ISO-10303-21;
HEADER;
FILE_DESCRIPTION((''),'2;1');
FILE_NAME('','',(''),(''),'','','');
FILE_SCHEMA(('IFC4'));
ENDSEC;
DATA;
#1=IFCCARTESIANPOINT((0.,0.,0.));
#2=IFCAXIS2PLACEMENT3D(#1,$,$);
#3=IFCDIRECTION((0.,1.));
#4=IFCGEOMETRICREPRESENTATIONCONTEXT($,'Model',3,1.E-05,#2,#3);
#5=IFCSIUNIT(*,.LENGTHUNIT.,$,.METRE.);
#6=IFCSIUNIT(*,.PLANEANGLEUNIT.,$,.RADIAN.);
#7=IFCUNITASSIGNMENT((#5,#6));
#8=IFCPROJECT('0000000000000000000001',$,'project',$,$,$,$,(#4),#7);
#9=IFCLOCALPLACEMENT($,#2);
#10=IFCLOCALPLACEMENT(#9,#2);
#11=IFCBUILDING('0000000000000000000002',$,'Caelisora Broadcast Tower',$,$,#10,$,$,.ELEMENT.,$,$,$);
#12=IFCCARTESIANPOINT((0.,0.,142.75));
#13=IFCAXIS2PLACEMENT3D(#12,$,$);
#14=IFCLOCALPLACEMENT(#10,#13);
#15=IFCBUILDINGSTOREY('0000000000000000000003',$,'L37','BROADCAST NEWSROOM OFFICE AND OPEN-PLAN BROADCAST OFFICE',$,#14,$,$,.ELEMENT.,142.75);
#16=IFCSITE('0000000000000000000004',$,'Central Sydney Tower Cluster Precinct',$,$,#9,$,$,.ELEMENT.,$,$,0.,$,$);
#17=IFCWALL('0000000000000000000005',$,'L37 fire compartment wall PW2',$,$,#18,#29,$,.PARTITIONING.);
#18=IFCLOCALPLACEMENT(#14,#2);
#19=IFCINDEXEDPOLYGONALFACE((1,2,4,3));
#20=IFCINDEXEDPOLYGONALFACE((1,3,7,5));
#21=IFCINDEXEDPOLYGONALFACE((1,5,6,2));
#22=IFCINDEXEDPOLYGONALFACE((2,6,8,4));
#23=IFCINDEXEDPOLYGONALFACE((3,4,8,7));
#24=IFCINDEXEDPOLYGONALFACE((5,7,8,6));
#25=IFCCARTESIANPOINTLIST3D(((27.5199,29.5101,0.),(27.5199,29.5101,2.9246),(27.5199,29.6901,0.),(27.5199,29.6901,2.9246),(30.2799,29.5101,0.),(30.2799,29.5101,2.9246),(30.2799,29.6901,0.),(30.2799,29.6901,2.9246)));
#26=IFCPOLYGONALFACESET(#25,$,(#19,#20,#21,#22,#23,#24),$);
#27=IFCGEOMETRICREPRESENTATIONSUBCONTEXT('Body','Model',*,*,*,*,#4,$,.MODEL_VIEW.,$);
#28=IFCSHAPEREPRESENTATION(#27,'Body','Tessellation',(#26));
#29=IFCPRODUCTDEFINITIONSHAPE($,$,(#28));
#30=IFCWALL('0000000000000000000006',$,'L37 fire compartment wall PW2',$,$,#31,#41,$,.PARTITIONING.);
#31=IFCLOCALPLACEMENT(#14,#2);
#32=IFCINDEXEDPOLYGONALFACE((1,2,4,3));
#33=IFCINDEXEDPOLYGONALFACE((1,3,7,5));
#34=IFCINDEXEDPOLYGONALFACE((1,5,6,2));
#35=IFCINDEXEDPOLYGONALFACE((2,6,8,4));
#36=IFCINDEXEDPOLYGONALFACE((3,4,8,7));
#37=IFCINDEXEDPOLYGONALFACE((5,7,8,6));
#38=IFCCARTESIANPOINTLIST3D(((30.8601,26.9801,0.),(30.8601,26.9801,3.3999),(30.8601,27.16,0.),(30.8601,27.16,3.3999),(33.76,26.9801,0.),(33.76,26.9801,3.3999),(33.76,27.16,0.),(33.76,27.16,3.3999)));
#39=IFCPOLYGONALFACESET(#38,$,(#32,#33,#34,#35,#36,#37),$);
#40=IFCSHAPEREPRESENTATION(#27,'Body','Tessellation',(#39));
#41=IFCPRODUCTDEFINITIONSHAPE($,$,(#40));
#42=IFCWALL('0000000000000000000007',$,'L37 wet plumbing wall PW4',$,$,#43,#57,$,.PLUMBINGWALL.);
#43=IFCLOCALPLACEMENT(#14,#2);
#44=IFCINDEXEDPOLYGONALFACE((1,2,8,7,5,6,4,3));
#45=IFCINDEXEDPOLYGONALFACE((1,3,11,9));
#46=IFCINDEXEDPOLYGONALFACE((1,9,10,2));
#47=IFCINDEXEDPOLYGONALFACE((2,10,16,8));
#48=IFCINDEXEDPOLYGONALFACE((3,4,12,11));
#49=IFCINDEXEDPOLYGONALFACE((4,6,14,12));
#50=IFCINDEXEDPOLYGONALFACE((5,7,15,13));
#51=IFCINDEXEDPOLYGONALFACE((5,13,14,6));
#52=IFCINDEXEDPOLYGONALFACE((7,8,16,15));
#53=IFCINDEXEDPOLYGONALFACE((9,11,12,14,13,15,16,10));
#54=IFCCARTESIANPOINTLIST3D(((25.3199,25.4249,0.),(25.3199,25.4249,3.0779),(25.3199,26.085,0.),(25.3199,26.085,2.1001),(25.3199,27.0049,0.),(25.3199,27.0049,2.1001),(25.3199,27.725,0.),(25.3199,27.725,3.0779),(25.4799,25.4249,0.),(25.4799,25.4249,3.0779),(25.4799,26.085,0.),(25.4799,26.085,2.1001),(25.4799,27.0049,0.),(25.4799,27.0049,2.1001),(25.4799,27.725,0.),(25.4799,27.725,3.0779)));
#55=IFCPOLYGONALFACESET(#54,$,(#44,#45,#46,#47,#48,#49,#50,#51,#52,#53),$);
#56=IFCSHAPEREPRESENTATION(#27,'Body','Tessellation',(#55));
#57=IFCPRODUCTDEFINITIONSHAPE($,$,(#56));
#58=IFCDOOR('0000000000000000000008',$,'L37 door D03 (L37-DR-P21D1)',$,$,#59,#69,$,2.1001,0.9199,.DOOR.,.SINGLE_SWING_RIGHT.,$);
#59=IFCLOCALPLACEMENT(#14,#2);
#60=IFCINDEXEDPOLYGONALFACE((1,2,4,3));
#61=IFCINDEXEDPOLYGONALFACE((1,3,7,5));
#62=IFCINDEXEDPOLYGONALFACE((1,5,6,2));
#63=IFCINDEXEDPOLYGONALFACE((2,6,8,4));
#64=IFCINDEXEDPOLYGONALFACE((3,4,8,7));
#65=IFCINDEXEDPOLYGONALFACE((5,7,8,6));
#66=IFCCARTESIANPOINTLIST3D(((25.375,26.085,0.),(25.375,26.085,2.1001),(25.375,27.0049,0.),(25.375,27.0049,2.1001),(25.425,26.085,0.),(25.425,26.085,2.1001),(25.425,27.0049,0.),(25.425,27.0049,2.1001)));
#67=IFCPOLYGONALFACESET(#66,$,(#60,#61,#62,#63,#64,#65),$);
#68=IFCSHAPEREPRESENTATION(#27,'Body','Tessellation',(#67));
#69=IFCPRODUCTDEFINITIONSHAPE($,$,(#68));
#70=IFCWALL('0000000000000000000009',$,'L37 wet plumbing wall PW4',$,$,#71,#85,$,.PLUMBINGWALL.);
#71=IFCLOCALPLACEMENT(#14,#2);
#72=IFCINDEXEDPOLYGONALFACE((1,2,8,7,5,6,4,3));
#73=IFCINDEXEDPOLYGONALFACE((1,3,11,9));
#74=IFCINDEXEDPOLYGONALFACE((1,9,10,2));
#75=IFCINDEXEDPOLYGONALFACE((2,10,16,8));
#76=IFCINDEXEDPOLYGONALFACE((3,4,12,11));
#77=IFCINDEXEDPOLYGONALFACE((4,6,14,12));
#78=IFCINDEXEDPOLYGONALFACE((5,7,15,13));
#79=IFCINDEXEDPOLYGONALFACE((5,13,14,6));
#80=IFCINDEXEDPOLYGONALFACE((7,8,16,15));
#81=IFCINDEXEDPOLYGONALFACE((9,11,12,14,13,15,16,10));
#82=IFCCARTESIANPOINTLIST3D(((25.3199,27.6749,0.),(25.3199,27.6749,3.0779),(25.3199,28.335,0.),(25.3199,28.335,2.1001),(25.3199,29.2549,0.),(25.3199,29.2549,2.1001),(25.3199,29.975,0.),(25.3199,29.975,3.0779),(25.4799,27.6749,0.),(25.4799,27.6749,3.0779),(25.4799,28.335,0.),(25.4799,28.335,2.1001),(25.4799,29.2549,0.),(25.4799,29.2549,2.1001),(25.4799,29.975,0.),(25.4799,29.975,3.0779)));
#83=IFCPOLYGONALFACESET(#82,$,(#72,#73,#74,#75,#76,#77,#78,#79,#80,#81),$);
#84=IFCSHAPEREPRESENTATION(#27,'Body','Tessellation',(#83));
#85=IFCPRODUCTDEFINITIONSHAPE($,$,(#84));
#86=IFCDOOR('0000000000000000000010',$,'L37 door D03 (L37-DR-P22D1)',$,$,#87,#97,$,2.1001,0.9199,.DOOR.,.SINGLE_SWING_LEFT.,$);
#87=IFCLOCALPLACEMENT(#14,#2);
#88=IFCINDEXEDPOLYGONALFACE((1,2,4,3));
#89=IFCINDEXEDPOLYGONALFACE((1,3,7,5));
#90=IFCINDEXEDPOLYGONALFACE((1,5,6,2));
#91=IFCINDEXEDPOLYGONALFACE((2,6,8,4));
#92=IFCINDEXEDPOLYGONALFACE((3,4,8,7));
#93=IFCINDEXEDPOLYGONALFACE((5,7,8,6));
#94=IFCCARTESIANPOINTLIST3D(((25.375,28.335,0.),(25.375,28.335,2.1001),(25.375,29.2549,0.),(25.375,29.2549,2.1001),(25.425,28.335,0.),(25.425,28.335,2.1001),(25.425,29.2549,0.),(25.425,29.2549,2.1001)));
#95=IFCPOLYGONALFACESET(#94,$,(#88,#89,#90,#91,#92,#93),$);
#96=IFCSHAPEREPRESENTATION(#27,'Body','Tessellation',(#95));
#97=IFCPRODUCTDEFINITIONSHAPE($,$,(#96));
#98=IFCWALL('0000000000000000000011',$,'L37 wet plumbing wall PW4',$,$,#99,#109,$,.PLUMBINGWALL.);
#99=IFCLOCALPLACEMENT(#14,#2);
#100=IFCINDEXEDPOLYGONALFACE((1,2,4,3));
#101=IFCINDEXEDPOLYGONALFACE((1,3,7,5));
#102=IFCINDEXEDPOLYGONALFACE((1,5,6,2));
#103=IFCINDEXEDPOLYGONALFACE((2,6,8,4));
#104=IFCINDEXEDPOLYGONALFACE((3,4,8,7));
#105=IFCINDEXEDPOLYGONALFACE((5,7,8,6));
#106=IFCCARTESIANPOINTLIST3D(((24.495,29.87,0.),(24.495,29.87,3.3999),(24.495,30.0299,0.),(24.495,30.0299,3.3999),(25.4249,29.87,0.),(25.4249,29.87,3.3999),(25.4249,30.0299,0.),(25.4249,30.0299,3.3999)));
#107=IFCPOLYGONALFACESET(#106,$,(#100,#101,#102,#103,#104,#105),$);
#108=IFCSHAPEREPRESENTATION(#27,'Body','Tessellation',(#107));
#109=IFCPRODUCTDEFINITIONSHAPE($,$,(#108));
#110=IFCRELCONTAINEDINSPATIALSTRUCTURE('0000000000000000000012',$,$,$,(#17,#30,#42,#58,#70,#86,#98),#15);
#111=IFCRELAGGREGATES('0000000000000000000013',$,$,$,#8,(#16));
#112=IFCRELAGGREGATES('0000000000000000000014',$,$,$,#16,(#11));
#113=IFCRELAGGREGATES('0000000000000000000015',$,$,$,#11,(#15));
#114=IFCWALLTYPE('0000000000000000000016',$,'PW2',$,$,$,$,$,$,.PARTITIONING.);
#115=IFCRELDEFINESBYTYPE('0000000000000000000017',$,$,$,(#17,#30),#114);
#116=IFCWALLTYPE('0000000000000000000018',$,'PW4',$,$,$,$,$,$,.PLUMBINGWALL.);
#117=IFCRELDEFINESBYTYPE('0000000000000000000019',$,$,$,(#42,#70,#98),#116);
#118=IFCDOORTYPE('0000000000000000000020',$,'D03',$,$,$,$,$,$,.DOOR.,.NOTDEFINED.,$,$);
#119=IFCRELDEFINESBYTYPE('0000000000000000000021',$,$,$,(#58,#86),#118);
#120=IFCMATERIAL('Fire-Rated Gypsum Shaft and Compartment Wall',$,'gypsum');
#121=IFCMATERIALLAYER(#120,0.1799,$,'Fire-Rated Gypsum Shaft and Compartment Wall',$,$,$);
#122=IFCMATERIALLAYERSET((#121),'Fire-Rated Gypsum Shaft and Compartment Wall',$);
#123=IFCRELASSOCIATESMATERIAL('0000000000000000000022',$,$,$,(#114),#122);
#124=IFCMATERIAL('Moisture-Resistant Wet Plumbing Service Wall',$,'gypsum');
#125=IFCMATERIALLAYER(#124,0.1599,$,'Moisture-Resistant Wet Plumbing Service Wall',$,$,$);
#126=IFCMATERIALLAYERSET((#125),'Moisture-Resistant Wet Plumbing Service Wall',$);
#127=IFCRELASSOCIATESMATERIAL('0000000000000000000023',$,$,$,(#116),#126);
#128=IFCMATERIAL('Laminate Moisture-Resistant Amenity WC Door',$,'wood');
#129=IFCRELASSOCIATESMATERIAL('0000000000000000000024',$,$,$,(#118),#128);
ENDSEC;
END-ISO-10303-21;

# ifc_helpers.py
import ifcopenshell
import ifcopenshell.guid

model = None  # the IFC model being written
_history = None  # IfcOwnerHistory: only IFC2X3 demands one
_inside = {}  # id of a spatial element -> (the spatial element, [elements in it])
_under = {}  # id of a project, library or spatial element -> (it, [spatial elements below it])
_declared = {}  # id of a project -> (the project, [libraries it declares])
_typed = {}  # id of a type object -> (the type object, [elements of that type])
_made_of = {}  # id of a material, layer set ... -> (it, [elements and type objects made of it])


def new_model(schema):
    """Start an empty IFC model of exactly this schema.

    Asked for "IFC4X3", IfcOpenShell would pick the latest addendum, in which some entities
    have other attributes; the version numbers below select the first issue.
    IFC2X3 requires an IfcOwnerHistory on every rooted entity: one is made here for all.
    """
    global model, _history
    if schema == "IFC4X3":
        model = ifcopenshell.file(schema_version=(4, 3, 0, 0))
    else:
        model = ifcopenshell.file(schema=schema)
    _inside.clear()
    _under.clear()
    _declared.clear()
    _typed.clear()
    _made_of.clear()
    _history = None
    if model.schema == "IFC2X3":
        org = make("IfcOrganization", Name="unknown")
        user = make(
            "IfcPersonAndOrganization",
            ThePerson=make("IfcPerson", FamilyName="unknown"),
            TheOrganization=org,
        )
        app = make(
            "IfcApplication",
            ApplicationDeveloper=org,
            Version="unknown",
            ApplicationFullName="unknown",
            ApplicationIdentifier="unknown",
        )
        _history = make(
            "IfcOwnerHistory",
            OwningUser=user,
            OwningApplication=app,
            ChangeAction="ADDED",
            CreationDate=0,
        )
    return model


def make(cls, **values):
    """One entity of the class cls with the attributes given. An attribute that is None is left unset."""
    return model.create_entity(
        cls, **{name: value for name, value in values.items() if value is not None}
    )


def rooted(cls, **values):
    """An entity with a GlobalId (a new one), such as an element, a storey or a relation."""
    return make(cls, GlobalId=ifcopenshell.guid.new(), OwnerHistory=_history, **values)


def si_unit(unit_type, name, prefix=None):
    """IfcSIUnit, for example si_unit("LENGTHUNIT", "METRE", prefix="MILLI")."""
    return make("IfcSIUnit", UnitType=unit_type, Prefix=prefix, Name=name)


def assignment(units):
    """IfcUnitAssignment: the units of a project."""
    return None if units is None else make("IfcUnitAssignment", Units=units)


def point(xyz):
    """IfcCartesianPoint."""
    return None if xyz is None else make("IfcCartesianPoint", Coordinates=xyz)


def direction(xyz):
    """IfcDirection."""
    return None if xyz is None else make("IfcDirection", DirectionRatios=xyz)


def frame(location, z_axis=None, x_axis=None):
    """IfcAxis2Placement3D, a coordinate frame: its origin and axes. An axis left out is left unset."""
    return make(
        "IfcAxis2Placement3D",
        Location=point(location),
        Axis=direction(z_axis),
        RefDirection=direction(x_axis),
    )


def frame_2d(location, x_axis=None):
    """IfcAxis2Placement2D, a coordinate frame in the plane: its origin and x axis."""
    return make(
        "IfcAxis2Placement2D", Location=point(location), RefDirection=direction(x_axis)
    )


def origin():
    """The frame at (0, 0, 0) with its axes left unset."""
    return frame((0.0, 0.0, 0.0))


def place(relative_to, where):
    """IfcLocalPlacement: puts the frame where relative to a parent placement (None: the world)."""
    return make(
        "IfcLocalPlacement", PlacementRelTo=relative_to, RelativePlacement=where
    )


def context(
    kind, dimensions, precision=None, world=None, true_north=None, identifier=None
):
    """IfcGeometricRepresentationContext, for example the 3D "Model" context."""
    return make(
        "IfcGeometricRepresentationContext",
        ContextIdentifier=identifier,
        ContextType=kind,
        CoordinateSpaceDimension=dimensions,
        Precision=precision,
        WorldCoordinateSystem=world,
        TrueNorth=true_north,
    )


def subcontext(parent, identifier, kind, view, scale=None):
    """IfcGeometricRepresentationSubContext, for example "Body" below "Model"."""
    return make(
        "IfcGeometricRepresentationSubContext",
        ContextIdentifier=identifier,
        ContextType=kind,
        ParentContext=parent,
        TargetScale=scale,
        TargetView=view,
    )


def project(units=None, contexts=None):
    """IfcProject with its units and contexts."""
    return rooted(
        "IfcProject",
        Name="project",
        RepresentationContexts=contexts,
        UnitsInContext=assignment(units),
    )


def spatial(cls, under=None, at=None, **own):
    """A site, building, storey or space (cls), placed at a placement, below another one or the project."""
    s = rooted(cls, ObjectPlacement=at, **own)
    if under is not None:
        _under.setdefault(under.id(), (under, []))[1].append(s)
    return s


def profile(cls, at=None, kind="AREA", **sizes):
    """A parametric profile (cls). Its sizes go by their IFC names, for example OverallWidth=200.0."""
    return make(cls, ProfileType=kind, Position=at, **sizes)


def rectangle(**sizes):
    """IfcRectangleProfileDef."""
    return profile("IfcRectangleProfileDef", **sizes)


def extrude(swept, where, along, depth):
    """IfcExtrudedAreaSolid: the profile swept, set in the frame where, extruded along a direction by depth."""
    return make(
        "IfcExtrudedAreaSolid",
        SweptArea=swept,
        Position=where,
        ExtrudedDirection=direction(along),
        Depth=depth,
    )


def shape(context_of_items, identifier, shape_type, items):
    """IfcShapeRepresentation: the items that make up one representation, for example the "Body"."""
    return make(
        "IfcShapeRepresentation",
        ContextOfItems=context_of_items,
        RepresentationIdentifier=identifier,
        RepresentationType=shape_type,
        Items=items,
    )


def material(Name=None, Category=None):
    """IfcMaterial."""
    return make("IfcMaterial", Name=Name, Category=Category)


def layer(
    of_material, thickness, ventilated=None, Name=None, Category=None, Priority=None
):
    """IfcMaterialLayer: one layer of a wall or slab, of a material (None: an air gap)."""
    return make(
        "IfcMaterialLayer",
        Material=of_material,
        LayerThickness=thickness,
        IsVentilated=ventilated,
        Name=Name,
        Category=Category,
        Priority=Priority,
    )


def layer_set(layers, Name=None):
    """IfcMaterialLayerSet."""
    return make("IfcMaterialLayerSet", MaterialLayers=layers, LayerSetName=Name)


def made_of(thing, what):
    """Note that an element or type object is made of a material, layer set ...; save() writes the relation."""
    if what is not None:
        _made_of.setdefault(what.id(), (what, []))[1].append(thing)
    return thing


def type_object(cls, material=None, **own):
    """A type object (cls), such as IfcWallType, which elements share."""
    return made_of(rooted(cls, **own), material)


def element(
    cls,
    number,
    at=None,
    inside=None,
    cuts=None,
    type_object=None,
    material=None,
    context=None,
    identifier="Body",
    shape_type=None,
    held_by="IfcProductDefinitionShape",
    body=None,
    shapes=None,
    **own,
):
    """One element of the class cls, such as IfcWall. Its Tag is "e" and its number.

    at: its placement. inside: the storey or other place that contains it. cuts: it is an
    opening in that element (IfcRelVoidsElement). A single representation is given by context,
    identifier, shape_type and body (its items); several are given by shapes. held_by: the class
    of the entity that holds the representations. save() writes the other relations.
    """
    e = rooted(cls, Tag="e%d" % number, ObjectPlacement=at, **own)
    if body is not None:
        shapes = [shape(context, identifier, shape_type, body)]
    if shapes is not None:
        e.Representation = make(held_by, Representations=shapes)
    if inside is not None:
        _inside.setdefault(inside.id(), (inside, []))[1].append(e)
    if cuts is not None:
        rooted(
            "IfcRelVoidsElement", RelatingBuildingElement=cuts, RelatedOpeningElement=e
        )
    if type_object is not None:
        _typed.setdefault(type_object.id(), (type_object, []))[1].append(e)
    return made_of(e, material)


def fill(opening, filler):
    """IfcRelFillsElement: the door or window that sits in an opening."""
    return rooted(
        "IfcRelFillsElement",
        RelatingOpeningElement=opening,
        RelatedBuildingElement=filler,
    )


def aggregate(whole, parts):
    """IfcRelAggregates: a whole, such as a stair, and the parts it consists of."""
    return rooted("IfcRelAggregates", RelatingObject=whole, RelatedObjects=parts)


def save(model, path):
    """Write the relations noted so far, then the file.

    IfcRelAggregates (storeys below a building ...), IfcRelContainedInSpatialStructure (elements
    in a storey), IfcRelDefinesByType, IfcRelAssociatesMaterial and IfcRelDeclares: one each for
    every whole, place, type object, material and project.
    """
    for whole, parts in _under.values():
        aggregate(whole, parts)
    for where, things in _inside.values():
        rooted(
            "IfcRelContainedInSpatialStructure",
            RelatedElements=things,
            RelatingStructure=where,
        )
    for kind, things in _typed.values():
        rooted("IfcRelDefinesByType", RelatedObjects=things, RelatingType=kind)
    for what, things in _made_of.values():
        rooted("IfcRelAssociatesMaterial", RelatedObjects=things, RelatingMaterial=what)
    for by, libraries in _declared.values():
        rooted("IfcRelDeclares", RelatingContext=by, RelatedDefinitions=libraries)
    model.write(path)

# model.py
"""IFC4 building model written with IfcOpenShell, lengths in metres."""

from ifc_helpers import new_model, si_unit, direction, frame, frame_2d, origin, place, context, subcontext, project, spatial, rectangle, extrude, material, layer, layer_set, type_object, element, fill, save


model = new_model("IFC4")

# Units and contexts
model_context = context("Model", 3, precision=1e-05, world=origin(), true_north=direction((0.0, 1.0)))
body_context = subcontext(model_context, "Body", "Model", "MODEL_VIEW")
ifc_project = project(units=[si_unit("LENGTHUNIT", "METRE"), si_unit("PLANEANGLEUNIT", "RADIAN")], contexts=[model_context])

# Site, building, storey
site_placement = place(None, origin())
site = spatial("IfcSite", under=ifc_project, at=site_placement, Name="Central Sydney Tower Cluster Precinct", CompositionType="ELEMENT", RefElevation=0.0)
building_placement = place(site_placement, origin())
building = spatial("IfcBuilding", under=site, at=building_placement, Name="Caelisora Broadcast Tower", CompositionType="ELEMENT")
storey_placement = place(building_placement, frame((0.0, 0.0, 142.75)))
storey = spatial("IfcBuildingStorey", under=building, at=storey_placement, Name="L37", Description="BROADCAST NEWSROOM OFFICE AND OPEN-PLAN BROADCAST OFFICE", CompositionType="ELEMENT", Elevation=142.75)

# Shared definitions
ifc_material_1 = material(Name="Fire-Rated Gypsum Shaft and Compartment Wall", Category="gypsum")
ifc_layer_1 = layer(ifc_material_1, 0.1799, Name="Fire-Rated Gypsum Shaft and Compartment Wall")
ifc_layer_set_1 = layer_set([ifc_layer_1], Name="Fire-Rated Gypsum Shaft and Compartment Wall")
wall_type_1 = type_object("IfcWallType", Name="PW2", PredefinedType="PARTITIONING", material=ifc_layer_set_1)

# Walls
wall_1_placement = place(storey_placement, frame((27.52, 29.6001, 0.0), z_axis=(0.0, 0.0, 1.0), x_axis=(1.0, 0.0, 0.0)))
element("IfcWall", 1, at=wall_1_placement, inside=storey, type_object=wall_type_1, Name="L37 fire compartment wall PW2", PredefinedType="PARTITIONING", context=body_context, shape_type="SweptSolid", body=[
    extrude(rectangle(XDim=2.76, YDim=0.1799, at=frame_2d((1.3799, 0.0))), origin(), (0.0, 0.0, 1.0), 2.9246),
])
wall_2_placement = place(storey_placement, frame((30.8601, 27.0701, 0.0), z_axis=(0.0, 0.0, 1.0), x_axis=(1.0, 0.0, 0.0)))
element("IfcWall", 2, at=wall_2_placement, inside=storey, type_object=wall_type_1, Name="L37 fire compartment wall PW2", PredefinedType="PARTITIONING", context=body_context, shape_type="SweptSolid", body=[
    extrude(rectangle(XDim=2.8999, YDim=0.1799, at=frame_2d((1.45, 0.0))), origin(), (0.0, 0.0, 1.0), 3.3999),
])

# Walls, openings, doors
ifc_material_2 = material(Name="Moisture-Resistant Wet Plumbing Service Wall", Category="gypsum")
ifc_layer_2 = layer(ifc_material_2, 0.1599, Name="Moisture-Resistant Wet Plumbing Service Wall")
ifc_layer_set_2 = layer_set([ifc_layer_2], Name="Moisture-Resistant Wet Plumbing Service Wall")
wall_type_2 = type_object("IfcWallType", Name="PW4", PredefinedType="PLUMBINGWALL", material=ifc_layer_set_2)
wall_3_placement = place(storey_placement, frame((25.3999, 25.425, 0.0), z_axis=(0.0, 0.0, 1.0), x_axis=(0.0, 1.0, 0.0)))
wall_3 = element("IfcWall", 3, at=wall_3_placement, inside=storey, type_object=wall_type_2, Name="L37 wet plumbing wall PW4", PredefinedType="PLUMBINGWALL", context=body_context, shape_type="SweptSolid", body=[
    extrude(rectangle(XDim=2.3, YDim=0.1599, at=frame_2d((1.1499, 0.0))), origin(), (0.0, 0.0, 1.0), 3.0779),
])
opening_1_placement = place(wall_3_placement, frame((0.6599, 0.0, 0.0)))
opening_1 = element("IfcOpeningElement", 4, at=opening_1_placement, cuts=wall_3, PredefinedType="OPENING", context=body_context, shape_type="SweptSolid", body=[
    extrude(rectangle(XDim=0.9199, YDim=2.1001, at=frame_2d((0.46, 1.05))), frame((0.0, 0.092, 0.0), z_axis=(0.0, -1.0, 0.0), x_axis=(1.0, 0.0, 0.0)), (0.0, 0.0, 1.0), 0.1838),
])
ifc_material_3 = material(Name="Laminate Moisture-Resistant Amenity WC Door", Category="wood")
door_type_1 = type_object("IfcDoorType", Name="D03", OperationType="NOTDEFINED", PredefinedType="DOOR", material=ifc_material_3)
door_1_placement = place(opening_1_placement, origin())
door_1 = element("IfcDoor", 5, at=door_1_placement, inside=storey, type_object=door_type_1, Name="L37 door D03 (L37-DR-P21D1)", OperationType="SINGLE_SWING_RIGHT", OverallHeight=2.1001, OverallWidth=0.9199, PredefinedType="DOOR", context=body_context, shape_type="SweptSolid", body=[
    extrude(rectangle(XDim=0.9199, YDim=2.1001, at=frame_2d((0.46, 1.05))), frame((0.0, 0.0249, 0.0), z_axis=(0.0, -1.0, 0.0), x_axis=(1.0, 0.0, 0.0)), (0.0, 0.0, 1.0), 0.05),
])
fill(opening_1, door_1)
wall_4_placement = place(storey_placement, frame((25.3999, 27.675, 0.0), z_axis=(0.0, 0.0, 1.0), x_axis=(0.0, 1.0, 0.0)))
wall_4 = element("IfcWall", 6, at=wall_4_placement, inside=storey, type_object=wall_type_2, Name="L37 wet plumbing wall PW4", PredefinedType="PLUMBINGWALL", context=body_context, shape_type="SweptSolid", body=[
    extrude(rectangle(XDim=2.3, YDim=0.1599, at=frame_2d((1.1499, 0.0))), origin(), (0.0, 0.0, 1.0), 3.0779),
])
opening_2_placement = place(wall_4_placement, frame((0.6599, 0.0, 0.0)))
opening_2 = element("IfcOpeningElement", 7, at=opening_2_placement, cuts=wall_4, PredefinedType="OPENING", context=body_context, shape_type="SweptSolid", body=[
    extrude(rectangle(XDim=0.9199, YDim=2.1001, at=frame_2d((0.46, 1.05))), frame((0.0, 0.092, 0.0), z_axis=(0.0, -1.0, 0.0), x_axis=(1.0, 0.0, 0.0)), (0.0, 0.0, 1.0), 0.1838),
])
door_2_placement = place(opening_2_placement, origin())
door_2 = element("IfcDoor", 8, at=door_2_placement, inside=storey, type_object=door_type_1, Name="L37 door D03 (L37-DR-P22D1)", OperationType="SINGLE_SWING_LEFT", OverallHeight=2.1001, OverallWidth=0.9199, PredefinedType="DOOR", context=body_context, shape_type="SweptSolid", body=[
    extrude(rectangle(XDim=0.9199, YDim=2.1001, at=frame_2d((0.46, 1.05))), frame((0.0, 0.0249, 0.0), z_axis=(0.0, -1.0, 0.0), x_axis=(1.0, 0.0, 0.0)), (0.0, 0.0, 1.0), 0.05),
])
fill(opening_2, door_2)

# Wall
wall_5_placement = place(storey_placement, frame((24.4951, 29.95, 0.0), z_axis=(0.0, 0.0, 1.0), x_axis=(1.0, 0.0, 0.0)))
element("IfcWall", 9, at=wall_5_placement, inside=storey, type_object=wall_type_2, Name="L37 wet plumbing wall PW4", PredefinedType="PLUMBINGWALL", context=body_context, shape_type="SweptSolid", body=[
    extrude(rectangle(XDim=0.9299, YDim=0.1599, at=frame_2d((0.4648, 0.0))), origin(), (0.0, 0.0, 1.0), 3.3999),
])

save(model, "model.ifc")
